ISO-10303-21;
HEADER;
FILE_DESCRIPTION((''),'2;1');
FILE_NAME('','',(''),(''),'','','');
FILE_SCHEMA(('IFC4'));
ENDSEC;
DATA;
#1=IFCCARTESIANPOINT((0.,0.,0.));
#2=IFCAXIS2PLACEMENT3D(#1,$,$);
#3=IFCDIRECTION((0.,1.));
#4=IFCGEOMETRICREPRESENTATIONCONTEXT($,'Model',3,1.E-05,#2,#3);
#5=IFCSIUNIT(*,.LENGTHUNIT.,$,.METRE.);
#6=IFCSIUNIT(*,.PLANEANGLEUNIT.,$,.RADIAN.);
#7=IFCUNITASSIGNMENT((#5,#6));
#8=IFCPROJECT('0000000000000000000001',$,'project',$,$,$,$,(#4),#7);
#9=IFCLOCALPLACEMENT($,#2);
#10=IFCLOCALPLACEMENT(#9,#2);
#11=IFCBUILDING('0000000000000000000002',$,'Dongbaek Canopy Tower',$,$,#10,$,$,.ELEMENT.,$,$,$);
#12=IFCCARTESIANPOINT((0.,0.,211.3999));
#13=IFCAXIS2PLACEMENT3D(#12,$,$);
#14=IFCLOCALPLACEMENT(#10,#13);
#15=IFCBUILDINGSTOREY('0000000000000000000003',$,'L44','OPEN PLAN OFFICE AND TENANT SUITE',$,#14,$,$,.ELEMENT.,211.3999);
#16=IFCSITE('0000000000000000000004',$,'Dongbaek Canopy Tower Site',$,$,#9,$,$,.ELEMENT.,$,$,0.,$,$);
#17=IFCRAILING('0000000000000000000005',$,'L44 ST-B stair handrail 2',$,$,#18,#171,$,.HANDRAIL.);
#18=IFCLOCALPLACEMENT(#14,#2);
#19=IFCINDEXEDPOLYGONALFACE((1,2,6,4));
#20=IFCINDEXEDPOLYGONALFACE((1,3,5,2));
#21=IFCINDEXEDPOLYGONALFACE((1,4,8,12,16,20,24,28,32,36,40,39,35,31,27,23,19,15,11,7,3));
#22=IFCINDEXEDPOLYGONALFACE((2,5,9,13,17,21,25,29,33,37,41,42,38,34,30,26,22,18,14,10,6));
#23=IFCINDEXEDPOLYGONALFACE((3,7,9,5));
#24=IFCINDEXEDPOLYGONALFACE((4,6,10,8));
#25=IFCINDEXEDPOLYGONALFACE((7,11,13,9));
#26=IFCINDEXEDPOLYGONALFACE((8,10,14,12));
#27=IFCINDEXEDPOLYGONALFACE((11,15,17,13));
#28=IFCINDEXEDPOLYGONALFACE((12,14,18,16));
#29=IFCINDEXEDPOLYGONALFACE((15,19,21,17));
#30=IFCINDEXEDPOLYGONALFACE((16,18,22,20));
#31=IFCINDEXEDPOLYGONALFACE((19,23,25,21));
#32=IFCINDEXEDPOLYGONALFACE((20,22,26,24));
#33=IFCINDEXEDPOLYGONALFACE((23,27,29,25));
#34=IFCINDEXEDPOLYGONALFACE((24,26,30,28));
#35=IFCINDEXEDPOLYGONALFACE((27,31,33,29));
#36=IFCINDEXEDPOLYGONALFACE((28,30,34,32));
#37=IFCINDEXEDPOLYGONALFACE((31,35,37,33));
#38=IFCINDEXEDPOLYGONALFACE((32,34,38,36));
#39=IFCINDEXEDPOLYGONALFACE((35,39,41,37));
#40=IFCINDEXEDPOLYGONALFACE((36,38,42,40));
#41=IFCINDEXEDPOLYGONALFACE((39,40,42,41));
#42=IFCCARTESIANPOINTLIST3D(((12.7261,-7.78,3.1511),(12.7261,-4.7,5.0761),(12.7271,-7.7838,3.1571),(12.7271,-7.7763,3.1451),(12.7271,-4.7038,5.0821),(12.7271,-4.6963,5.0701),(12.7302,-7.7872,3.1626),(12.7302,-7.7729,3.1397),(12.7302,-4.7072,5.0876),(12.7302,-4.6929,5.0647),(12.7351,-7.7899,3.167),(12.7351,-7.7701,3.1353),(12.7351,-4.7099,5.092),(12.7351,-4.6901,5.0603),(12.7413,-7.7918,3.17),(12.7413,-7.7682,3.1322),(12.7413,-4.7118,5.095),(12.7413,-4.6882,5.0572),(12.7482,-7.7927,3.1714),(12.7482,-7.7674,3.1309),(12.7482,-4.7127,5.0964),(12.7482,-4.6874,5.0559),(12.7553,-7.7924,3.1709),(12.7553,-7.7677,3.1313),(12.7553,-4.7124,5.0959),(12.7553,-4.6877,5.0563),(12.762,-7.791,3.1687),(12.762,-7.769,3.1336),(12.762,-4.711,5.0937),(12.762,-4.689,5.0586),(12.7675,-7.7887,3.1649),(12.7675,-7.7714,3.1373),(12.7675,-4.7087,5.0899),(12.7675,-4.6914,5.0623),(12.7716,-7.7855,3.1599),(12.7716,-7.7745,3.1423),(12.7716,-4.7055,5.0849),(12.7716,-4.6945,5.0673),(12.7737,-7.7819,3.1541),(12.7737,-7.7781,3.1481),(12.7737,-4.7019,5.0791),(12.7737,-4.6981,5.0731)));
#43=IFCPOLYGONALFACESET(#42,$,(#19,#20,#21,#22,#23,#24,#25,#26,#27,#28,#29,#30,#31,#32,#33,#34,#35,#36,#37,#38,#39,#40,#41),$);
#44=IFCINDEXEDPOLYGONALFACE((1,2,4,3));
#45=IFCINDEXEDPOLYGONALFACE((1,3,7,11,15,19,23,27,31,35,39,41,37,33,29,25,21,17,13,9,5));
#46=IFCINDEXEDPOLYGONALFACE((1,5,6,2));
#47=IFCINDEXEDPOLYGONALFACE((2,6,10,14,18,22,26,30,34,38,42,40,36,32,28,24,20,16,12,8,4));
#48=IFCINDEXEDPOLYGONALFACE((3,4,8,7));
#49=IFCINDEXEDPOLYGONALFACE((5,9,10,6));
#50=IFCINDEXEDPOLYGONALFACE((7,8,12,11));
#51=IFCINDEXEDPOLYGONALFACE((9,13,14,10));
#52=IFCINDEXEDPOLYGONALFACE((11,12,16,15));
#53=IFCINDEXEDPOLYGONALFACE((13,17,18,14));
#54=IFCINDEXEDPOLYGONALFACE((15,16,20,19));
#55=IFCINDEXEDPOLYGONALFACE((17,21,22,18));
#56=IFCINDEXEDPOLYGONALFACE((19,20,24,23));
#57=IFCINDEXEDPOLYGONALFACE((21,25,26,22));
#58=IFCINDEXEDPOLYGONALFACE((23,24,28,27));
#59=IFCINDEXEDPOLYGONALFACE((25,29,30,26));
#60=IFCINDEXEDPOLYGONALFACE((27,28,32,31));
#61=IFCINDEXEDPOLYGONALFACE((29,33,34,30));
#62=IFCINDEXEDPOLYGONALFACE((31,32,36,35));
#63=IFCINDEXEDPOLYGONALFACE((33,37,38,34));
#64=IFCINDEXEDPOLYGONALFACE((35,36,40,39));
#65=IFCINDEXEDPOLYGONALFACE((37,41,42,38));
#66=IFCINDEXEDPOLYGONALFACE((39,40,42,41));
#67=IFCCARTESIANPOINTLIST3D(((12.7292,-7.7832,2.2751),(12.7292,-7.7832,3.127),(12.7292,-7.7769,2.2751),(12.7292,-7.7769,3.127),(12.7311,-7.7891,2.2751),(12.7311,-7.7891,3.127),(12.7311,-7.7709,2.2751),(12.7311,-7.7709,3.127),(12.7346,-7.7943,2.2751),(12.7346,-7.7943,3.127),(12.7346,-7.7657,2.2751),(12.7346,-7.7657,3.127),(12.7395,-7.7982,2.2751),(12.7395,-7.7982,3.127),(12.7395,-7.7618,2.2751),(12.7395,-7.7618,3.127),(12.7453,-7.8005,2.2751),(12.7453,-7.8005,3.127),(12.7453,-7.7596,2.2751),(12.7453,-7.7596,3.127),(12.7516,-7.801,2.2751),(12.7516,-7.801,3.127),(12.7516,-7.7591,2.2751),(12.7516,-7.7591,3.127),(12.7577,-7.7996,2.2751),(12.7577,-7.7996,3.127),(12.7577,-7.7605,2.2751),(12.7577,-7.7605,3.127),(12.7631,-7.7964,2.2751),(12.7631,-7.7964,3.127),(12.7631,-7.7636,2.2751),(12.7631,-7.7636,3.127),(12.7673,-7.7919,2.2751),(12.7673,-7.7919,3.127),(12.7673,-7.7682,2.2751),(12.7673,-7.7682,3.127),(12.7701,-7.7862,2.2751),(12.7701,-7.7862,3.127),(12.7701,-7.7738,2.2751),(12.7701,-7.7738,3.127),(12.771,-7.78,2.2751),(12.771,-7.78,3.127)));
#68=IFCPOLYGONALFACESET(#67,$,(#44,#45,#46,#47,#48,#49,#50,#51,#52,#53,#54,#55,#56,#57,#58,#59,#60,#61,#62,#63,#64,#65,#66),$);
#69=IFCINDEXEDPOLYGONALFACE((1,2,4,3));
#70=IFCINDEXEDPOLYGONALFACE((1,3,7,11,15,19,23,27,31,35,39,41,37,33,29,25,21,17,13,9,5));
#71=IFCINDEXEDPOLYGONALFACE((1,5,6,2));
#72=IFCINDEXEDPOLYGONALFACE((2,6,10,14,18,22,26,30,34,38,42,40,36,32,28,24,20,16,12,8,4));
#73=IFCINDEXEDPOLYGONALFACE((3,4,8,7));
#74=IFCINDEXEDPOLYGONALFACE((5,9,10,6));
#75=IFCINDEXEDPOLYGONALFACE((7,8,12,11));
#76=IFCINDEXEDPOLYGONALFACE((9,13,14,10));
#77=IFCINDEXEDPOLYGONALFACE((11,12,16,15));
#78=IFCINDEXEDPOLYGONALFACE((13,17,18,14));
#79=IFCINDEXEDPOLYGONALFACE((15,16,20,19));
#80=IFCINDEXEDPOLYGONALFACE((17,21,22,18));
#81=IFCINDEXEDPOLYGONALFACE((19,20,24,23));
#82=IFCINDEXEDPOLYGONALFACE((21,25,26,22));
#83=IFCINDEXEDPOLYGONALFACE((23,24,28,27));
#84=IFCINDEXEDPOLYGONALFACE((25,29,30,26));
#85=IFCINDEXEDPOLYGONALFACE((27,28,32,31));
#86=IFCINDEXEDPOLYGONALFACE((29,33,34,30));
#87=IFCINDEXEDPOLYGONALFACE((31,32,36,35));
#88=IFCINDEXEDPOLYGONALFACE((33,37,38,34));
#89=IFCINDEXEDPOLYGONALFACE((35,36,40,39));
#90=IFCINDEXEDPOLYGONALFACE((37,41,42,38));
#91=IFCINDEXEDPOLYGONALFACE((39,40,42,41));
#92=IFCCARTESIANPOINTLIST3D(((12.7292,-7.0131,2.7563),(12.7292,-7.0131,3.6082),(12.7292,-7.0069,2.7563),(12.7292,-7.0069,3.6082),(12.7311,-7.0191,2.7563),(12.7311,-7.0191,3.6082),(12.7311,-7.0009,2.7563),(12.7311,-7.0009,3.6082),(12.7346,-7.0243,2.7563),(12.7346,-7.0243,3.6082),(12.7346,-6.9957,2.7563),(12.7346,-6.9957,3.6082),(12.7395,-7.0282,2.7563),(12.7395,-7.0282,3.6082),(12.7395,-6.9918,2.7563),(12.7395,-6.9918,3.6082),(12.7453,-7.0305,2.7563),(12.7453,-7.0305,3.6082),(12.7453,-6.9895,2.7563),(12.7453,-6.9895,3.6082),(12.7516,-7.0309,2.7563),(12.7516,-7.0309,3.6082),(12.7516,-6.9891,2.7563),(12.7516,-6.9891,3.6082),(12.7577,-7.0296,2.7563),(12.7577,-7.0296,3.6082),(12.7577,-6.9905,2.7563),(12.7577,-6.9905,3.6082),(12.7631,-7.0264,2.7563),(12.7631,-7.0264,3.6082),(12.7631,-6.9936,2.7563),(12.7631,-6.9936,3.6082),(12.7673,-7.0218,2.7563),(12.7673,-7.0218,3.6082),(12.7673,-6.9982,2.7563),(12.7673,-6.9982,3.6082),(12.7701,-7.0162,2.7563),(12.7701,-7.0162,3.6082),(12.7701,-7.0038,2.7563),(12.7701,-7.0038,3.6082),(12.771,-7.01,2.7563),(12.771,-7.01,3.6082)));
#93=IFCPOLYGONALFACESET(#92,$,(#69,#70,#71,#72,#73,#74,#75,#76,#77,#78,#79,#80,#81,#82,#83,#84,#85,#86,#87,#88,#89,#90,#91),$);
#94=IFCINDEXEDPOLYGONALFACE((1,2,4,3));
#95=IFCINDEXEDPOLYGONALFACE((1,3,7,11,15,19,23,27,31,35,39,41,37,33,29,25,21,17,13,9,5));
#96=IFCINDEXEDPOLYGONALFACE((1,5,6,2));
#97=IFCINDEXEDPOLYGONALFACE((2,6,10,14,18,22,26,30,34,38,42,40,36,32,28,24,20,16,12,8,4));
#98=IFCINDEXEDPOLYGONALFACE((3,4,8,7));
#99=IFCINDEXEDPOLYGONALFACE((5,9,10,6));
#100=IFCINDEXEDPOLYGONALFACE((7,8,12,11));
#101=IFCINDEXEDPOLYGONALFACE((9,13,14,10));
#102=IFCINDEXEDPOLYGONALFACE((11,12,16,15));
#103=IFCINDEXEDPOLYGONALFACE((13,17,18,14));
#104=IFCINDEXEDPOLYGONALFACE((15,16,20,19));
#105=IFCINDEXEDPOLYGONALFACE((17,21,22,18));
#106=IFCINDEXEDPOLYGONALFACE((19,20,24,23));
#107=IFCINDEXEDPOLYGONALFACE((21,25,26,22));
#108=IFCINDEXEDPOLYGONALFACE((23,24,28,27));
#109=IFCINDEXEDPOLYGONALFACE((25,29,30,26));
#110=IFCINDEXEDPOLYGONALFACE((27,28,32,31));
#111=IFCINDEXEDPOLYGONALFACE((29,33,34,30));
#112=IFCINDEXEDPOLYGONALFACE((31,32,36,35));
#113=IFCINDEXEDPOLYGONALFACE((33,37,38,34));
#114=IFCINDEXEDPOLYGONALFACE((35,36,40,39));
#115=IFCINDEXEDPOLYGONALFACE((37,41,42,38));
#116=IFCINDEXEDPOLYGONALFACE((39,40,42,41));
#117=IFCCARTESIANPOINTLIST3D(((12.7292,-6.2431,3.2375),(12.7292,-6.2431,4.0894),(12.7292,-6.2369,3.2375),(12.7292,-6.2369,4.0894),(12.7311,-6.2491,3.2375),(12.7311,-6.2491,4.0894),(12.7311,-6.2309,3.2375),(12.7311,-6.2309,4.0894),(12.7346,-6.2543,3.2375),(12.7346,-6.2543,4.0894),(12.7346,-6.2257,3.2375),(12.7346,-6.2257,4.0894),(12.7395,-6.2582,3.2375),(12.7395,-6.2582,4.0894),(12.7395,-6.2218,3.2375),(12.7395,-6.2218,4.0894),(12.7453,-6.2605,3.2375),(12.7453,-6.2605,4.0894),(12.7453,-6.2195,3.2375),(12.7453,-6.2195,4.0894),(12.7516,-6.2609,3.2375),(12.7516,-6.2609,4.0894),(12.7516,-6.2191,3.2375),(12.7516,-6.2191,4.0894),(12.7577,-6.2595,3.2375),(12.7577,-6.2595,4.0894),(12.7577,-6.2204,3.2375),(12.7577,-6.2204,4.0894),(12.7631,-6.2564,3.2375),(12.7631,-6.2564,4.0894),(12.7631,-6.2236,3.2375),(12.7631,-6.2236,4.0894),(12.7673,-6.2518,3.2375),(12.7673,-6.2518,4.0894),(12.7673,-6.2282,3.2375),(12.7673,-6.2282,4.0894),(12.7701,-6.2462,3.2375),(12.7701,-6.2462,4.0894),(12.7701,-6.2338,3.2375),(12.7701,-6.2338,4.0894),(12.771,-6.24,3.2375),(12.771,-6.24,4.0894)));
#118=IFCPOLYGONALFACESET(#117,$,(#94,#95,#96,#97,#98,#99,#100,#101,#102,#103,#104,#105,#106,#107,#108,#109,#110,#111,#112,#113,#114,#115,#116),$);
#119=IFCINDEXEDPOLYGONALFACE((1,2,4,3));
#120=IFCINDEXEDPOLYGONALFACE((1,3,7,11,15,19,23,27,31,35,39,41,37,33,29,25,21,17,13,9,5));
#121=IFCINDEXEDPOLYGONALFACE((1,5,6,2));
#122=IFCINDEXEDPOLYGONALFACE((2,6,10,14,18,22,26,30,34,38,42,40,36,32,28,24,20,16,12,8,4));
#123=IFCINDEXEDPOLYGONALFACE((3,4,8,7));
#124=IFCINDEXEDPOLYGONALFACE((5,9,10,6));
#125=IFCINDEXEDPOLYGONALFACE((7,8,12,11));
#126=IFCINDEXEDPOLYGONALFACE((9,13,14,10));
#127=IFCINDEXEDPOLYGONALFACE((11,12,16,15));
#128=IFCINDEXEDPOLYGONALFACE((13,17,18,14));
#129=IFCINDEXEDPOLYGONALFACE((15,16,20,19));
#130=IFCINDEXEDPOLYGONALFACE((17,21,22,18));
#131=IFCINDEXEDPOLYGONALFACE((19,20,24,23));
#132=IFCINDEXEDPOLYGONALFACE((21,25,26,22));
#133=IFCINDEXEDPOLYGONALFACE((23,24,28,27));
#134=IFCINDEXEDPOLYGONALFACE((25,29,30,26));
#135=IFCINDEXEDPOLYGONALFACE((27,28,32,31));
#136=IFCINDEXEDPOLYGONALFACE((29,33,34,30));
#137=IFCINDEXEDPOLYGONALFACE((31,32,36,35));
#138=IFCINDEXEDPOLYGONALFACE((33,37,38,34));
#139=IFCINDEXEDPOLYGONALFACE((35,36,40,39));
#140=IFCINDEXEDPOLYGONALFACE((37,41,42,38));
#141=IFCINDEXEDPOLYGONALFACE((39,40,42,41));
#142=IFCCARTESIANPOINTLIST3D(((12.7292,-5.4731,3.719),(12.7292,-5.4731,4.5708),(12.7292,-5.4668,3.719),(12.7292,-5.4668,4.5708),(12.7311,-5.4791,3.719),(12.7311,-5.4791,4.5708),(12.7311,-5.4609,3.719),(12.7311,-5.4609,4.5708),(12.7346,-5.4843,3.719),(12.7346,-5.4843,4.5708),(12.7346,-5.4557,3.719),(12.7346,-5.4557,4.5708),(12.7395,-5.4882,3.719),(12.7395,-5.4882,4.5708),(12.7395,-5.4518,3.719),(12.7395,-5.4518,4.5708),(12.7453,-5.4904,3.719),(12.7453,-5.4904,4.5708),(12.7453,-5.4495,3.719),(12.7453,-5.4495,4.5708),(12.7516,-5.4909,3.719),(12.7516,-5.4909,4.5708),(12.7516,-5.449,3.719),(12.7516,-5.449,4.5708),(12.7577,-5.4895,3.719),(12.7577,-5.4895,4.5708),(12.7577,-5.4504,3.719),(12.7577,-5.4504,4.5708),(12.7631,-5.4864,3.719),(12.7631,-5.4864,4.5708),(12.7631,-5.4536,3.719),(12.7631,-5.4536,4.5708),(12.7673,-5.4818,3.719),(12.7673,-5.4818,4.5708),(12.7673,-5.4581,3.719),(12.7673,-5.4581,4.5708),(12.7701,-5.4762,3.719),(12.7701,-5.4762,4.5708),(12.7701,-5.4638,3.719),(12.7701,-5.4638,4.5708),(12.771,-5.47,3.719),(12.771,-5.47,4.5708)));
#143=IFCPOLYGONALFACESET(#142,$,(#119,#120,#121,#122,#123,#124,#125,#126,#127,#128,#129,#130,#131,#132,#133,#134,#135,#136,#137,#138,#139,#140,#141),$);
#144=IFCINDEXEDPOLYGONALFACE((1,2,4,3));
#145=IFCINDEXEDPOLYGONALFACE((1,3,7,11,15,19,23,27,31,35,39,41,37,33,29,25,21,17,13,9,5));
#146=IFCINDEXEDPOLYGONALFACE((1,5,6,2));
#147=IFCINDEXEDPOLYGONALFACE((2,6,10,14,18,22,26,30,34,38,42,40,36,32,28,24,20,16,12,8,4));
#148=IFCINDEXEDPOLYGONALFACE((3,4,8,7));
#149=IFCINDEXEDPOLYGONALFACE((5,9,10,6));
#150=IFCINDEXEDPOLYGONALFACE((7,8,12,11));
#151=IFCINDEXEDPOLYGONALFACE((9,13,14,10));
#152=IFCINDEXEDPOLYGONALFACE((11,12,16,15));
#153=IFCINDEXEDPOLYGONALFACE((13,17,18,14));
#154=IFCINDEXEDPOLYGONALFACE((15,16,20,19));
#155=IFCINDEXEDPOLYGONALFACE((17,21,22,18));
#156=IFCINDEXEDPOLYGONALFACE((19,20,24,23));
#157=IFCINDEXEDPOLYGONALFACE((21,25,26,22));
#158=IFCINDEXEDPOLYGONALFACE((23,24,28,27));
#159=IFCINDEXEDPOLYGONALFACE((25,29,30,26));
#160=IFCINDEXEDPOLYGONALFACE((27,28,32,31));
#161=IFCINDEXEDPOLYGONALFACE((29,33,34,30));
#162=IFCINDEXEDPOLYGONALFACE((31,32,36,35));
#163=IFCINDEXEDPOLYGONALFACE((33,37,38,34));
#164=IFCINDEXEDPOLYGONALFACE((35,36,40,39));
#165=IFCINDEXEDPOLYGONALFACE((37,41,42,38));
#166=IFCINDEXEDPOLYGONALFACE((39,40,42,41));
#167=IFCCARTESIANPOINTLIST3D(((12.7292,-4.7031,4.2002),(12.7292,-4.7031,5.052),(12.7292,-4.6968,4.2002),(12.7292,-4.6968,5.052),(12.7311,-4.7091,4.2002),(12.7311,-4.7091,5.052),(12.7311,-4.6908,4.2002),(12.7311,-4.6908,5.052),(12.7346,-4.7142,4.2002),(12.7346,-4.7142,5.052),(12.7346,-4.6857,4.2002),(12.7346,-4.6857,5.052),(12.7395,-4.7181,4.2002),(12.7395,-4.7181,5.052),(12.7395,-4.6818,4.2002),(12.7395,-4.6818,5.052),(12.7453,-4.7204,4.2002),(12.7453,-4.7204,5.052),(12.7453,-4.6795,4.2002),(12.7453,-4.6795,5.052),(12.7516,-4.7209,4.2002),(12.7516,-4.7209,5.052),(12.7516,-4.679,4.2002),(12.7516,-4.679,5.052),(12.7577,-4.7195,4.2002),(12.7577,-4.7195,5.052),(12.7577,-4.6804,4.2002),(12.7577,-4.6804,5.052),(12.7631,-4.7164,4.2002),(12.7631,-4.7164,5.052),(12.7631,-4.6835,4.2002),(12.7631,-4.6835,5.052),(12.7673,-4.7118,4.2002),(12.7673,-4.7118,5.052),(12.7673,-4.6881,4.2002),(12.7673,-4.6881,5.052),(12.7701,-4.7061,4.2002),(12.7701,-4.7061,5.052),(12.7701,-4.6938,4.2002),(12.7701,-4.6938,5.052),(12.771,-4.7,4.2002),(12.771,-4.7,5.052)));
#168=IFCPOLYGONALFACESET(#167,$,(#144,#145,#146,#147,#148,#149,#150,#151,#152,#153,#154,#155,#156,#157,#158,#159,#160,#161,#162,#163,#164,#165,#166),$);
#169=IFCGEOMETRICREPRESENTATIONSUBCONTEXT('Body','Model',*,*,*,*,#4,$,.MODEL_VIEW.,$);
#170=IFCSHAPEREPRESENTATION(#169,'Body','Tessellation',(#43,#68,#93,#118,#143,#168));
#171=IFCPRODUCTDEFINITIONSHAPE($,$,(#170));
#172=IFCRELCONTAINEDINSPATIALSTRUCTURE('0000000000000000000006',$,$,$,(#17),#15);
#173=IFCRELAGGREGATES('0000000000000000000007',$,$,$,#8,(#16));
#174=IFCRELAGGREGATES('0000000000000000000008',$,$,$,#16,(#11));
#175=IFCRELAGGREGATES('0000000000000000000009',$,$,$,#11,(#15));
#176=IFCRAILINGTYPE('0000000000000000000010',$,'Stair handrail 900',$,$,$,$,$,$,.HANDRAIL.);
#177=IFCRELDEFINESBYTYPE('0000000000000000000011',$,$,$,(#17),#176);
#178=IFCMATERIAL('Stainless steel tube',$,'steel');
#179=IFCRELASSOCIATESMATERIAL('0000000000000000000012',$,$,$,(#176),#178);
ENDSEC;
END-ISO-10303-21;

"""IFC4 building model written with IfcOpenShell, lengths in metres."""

from ifc_helpers import new_model, si_unit, direction, frame, origin, origin_2d, place, context, subcontext, project, spatial, circle, extrude, material, type_object, element, save


model = new_model("IFC4")

# Units and contexts
model_context = context("Model", 3, precision=1e-05, world=origin(), true_north=direction((0.0, 1.0)))
body_context = subcontext(model_context, "Body", "Model", "MODEL_VIEW")
ifc_project = project(units=[si_unit("LENGTHUNIT", "METRE"), si_unit("PLANEANGLEUNIT", "RADIAN")], contexts=[model_context])

# Site, building, storey
site_placement = place(None, origin())
site = spatial("IfcSite", under=ifc_project, at=site_placement, Name="Dongbaek Canopy Tower Site", CompositionType="ELEMENT", RefElevation=0.0)
building_placement = place(site_placement, origin())
building = spatial("IfcBuilding", under=site, at=building_placement, Name="Dongbaek Canopy Tower", CompositionType="ELEMENT")
storey_placement = place(building_placement, frame((0.0, 0.0, 211.3999)))
storey = spatial("IfcBuildingStorey", under=building, at=storey_placement, Name="L44", Description="OPEN PLAN OFFICE AND TENANT SUITE", CompositionType="ELEMENT", Elevation=211.3999)

# Railing
ifc_material_1 = material(Name="Stainless steel tube", Category="steel")
railing_type_1 = type_object("IfcRailingType", Name="Stair handrail 900", PredefinedType="HANDRAIL", material=ifc_material_1)
railing_1_placement = place(storey_placement, frame((12.75, -7.78, 2.2751)))
element("IfcRailing", 1, at=railing_1_placement, inside=storey, type_object=railing_type_1, Name="L44 ST-B stair handrail 2", PredefinedType="HANDRAIL", context=body_context, shape_type="SweptSolid", body=[
    extrude(circle(Radius=0.0239, at=origin_2d()), frame((0.0, 0.0, 0.876), z_axis=(0.0, 0.847998, 0.529999), x_axis=(-1.0, 0.0, 0.0)), (0.0, 0.0, 1.0), 3.6321),
    extrude(circle(Radius=0.021, at=origin_2d()), origin(), (0.0, 0.0, 1.0), 0.8518),
    extrude(circle(Radius=0.021, at=origin_2d()), frame((0.0, 0.77, 0.4812)), (0.0, 0.0, 1.0), 0.8518),
    extrude(circle(Radius=0.021, at=origin_2d()), frame((0.0, 1.54, 0.9624)), (0.0, 0.0, 1.0), 0.8518),
    extrude(circle(Radius=0.021, at=origin_2d()), frame((0.0, 2.3101, 1.4438)), (0.0, 0.0, 1.0), 0.8518),
    extrude(circle(Radius=0.021, at=origin_2d()), frame((0.0, 3.0801, 1.925)), (0.0, 0.0, 1.0), 0.8518),
])

save(model, "model.ifc")
